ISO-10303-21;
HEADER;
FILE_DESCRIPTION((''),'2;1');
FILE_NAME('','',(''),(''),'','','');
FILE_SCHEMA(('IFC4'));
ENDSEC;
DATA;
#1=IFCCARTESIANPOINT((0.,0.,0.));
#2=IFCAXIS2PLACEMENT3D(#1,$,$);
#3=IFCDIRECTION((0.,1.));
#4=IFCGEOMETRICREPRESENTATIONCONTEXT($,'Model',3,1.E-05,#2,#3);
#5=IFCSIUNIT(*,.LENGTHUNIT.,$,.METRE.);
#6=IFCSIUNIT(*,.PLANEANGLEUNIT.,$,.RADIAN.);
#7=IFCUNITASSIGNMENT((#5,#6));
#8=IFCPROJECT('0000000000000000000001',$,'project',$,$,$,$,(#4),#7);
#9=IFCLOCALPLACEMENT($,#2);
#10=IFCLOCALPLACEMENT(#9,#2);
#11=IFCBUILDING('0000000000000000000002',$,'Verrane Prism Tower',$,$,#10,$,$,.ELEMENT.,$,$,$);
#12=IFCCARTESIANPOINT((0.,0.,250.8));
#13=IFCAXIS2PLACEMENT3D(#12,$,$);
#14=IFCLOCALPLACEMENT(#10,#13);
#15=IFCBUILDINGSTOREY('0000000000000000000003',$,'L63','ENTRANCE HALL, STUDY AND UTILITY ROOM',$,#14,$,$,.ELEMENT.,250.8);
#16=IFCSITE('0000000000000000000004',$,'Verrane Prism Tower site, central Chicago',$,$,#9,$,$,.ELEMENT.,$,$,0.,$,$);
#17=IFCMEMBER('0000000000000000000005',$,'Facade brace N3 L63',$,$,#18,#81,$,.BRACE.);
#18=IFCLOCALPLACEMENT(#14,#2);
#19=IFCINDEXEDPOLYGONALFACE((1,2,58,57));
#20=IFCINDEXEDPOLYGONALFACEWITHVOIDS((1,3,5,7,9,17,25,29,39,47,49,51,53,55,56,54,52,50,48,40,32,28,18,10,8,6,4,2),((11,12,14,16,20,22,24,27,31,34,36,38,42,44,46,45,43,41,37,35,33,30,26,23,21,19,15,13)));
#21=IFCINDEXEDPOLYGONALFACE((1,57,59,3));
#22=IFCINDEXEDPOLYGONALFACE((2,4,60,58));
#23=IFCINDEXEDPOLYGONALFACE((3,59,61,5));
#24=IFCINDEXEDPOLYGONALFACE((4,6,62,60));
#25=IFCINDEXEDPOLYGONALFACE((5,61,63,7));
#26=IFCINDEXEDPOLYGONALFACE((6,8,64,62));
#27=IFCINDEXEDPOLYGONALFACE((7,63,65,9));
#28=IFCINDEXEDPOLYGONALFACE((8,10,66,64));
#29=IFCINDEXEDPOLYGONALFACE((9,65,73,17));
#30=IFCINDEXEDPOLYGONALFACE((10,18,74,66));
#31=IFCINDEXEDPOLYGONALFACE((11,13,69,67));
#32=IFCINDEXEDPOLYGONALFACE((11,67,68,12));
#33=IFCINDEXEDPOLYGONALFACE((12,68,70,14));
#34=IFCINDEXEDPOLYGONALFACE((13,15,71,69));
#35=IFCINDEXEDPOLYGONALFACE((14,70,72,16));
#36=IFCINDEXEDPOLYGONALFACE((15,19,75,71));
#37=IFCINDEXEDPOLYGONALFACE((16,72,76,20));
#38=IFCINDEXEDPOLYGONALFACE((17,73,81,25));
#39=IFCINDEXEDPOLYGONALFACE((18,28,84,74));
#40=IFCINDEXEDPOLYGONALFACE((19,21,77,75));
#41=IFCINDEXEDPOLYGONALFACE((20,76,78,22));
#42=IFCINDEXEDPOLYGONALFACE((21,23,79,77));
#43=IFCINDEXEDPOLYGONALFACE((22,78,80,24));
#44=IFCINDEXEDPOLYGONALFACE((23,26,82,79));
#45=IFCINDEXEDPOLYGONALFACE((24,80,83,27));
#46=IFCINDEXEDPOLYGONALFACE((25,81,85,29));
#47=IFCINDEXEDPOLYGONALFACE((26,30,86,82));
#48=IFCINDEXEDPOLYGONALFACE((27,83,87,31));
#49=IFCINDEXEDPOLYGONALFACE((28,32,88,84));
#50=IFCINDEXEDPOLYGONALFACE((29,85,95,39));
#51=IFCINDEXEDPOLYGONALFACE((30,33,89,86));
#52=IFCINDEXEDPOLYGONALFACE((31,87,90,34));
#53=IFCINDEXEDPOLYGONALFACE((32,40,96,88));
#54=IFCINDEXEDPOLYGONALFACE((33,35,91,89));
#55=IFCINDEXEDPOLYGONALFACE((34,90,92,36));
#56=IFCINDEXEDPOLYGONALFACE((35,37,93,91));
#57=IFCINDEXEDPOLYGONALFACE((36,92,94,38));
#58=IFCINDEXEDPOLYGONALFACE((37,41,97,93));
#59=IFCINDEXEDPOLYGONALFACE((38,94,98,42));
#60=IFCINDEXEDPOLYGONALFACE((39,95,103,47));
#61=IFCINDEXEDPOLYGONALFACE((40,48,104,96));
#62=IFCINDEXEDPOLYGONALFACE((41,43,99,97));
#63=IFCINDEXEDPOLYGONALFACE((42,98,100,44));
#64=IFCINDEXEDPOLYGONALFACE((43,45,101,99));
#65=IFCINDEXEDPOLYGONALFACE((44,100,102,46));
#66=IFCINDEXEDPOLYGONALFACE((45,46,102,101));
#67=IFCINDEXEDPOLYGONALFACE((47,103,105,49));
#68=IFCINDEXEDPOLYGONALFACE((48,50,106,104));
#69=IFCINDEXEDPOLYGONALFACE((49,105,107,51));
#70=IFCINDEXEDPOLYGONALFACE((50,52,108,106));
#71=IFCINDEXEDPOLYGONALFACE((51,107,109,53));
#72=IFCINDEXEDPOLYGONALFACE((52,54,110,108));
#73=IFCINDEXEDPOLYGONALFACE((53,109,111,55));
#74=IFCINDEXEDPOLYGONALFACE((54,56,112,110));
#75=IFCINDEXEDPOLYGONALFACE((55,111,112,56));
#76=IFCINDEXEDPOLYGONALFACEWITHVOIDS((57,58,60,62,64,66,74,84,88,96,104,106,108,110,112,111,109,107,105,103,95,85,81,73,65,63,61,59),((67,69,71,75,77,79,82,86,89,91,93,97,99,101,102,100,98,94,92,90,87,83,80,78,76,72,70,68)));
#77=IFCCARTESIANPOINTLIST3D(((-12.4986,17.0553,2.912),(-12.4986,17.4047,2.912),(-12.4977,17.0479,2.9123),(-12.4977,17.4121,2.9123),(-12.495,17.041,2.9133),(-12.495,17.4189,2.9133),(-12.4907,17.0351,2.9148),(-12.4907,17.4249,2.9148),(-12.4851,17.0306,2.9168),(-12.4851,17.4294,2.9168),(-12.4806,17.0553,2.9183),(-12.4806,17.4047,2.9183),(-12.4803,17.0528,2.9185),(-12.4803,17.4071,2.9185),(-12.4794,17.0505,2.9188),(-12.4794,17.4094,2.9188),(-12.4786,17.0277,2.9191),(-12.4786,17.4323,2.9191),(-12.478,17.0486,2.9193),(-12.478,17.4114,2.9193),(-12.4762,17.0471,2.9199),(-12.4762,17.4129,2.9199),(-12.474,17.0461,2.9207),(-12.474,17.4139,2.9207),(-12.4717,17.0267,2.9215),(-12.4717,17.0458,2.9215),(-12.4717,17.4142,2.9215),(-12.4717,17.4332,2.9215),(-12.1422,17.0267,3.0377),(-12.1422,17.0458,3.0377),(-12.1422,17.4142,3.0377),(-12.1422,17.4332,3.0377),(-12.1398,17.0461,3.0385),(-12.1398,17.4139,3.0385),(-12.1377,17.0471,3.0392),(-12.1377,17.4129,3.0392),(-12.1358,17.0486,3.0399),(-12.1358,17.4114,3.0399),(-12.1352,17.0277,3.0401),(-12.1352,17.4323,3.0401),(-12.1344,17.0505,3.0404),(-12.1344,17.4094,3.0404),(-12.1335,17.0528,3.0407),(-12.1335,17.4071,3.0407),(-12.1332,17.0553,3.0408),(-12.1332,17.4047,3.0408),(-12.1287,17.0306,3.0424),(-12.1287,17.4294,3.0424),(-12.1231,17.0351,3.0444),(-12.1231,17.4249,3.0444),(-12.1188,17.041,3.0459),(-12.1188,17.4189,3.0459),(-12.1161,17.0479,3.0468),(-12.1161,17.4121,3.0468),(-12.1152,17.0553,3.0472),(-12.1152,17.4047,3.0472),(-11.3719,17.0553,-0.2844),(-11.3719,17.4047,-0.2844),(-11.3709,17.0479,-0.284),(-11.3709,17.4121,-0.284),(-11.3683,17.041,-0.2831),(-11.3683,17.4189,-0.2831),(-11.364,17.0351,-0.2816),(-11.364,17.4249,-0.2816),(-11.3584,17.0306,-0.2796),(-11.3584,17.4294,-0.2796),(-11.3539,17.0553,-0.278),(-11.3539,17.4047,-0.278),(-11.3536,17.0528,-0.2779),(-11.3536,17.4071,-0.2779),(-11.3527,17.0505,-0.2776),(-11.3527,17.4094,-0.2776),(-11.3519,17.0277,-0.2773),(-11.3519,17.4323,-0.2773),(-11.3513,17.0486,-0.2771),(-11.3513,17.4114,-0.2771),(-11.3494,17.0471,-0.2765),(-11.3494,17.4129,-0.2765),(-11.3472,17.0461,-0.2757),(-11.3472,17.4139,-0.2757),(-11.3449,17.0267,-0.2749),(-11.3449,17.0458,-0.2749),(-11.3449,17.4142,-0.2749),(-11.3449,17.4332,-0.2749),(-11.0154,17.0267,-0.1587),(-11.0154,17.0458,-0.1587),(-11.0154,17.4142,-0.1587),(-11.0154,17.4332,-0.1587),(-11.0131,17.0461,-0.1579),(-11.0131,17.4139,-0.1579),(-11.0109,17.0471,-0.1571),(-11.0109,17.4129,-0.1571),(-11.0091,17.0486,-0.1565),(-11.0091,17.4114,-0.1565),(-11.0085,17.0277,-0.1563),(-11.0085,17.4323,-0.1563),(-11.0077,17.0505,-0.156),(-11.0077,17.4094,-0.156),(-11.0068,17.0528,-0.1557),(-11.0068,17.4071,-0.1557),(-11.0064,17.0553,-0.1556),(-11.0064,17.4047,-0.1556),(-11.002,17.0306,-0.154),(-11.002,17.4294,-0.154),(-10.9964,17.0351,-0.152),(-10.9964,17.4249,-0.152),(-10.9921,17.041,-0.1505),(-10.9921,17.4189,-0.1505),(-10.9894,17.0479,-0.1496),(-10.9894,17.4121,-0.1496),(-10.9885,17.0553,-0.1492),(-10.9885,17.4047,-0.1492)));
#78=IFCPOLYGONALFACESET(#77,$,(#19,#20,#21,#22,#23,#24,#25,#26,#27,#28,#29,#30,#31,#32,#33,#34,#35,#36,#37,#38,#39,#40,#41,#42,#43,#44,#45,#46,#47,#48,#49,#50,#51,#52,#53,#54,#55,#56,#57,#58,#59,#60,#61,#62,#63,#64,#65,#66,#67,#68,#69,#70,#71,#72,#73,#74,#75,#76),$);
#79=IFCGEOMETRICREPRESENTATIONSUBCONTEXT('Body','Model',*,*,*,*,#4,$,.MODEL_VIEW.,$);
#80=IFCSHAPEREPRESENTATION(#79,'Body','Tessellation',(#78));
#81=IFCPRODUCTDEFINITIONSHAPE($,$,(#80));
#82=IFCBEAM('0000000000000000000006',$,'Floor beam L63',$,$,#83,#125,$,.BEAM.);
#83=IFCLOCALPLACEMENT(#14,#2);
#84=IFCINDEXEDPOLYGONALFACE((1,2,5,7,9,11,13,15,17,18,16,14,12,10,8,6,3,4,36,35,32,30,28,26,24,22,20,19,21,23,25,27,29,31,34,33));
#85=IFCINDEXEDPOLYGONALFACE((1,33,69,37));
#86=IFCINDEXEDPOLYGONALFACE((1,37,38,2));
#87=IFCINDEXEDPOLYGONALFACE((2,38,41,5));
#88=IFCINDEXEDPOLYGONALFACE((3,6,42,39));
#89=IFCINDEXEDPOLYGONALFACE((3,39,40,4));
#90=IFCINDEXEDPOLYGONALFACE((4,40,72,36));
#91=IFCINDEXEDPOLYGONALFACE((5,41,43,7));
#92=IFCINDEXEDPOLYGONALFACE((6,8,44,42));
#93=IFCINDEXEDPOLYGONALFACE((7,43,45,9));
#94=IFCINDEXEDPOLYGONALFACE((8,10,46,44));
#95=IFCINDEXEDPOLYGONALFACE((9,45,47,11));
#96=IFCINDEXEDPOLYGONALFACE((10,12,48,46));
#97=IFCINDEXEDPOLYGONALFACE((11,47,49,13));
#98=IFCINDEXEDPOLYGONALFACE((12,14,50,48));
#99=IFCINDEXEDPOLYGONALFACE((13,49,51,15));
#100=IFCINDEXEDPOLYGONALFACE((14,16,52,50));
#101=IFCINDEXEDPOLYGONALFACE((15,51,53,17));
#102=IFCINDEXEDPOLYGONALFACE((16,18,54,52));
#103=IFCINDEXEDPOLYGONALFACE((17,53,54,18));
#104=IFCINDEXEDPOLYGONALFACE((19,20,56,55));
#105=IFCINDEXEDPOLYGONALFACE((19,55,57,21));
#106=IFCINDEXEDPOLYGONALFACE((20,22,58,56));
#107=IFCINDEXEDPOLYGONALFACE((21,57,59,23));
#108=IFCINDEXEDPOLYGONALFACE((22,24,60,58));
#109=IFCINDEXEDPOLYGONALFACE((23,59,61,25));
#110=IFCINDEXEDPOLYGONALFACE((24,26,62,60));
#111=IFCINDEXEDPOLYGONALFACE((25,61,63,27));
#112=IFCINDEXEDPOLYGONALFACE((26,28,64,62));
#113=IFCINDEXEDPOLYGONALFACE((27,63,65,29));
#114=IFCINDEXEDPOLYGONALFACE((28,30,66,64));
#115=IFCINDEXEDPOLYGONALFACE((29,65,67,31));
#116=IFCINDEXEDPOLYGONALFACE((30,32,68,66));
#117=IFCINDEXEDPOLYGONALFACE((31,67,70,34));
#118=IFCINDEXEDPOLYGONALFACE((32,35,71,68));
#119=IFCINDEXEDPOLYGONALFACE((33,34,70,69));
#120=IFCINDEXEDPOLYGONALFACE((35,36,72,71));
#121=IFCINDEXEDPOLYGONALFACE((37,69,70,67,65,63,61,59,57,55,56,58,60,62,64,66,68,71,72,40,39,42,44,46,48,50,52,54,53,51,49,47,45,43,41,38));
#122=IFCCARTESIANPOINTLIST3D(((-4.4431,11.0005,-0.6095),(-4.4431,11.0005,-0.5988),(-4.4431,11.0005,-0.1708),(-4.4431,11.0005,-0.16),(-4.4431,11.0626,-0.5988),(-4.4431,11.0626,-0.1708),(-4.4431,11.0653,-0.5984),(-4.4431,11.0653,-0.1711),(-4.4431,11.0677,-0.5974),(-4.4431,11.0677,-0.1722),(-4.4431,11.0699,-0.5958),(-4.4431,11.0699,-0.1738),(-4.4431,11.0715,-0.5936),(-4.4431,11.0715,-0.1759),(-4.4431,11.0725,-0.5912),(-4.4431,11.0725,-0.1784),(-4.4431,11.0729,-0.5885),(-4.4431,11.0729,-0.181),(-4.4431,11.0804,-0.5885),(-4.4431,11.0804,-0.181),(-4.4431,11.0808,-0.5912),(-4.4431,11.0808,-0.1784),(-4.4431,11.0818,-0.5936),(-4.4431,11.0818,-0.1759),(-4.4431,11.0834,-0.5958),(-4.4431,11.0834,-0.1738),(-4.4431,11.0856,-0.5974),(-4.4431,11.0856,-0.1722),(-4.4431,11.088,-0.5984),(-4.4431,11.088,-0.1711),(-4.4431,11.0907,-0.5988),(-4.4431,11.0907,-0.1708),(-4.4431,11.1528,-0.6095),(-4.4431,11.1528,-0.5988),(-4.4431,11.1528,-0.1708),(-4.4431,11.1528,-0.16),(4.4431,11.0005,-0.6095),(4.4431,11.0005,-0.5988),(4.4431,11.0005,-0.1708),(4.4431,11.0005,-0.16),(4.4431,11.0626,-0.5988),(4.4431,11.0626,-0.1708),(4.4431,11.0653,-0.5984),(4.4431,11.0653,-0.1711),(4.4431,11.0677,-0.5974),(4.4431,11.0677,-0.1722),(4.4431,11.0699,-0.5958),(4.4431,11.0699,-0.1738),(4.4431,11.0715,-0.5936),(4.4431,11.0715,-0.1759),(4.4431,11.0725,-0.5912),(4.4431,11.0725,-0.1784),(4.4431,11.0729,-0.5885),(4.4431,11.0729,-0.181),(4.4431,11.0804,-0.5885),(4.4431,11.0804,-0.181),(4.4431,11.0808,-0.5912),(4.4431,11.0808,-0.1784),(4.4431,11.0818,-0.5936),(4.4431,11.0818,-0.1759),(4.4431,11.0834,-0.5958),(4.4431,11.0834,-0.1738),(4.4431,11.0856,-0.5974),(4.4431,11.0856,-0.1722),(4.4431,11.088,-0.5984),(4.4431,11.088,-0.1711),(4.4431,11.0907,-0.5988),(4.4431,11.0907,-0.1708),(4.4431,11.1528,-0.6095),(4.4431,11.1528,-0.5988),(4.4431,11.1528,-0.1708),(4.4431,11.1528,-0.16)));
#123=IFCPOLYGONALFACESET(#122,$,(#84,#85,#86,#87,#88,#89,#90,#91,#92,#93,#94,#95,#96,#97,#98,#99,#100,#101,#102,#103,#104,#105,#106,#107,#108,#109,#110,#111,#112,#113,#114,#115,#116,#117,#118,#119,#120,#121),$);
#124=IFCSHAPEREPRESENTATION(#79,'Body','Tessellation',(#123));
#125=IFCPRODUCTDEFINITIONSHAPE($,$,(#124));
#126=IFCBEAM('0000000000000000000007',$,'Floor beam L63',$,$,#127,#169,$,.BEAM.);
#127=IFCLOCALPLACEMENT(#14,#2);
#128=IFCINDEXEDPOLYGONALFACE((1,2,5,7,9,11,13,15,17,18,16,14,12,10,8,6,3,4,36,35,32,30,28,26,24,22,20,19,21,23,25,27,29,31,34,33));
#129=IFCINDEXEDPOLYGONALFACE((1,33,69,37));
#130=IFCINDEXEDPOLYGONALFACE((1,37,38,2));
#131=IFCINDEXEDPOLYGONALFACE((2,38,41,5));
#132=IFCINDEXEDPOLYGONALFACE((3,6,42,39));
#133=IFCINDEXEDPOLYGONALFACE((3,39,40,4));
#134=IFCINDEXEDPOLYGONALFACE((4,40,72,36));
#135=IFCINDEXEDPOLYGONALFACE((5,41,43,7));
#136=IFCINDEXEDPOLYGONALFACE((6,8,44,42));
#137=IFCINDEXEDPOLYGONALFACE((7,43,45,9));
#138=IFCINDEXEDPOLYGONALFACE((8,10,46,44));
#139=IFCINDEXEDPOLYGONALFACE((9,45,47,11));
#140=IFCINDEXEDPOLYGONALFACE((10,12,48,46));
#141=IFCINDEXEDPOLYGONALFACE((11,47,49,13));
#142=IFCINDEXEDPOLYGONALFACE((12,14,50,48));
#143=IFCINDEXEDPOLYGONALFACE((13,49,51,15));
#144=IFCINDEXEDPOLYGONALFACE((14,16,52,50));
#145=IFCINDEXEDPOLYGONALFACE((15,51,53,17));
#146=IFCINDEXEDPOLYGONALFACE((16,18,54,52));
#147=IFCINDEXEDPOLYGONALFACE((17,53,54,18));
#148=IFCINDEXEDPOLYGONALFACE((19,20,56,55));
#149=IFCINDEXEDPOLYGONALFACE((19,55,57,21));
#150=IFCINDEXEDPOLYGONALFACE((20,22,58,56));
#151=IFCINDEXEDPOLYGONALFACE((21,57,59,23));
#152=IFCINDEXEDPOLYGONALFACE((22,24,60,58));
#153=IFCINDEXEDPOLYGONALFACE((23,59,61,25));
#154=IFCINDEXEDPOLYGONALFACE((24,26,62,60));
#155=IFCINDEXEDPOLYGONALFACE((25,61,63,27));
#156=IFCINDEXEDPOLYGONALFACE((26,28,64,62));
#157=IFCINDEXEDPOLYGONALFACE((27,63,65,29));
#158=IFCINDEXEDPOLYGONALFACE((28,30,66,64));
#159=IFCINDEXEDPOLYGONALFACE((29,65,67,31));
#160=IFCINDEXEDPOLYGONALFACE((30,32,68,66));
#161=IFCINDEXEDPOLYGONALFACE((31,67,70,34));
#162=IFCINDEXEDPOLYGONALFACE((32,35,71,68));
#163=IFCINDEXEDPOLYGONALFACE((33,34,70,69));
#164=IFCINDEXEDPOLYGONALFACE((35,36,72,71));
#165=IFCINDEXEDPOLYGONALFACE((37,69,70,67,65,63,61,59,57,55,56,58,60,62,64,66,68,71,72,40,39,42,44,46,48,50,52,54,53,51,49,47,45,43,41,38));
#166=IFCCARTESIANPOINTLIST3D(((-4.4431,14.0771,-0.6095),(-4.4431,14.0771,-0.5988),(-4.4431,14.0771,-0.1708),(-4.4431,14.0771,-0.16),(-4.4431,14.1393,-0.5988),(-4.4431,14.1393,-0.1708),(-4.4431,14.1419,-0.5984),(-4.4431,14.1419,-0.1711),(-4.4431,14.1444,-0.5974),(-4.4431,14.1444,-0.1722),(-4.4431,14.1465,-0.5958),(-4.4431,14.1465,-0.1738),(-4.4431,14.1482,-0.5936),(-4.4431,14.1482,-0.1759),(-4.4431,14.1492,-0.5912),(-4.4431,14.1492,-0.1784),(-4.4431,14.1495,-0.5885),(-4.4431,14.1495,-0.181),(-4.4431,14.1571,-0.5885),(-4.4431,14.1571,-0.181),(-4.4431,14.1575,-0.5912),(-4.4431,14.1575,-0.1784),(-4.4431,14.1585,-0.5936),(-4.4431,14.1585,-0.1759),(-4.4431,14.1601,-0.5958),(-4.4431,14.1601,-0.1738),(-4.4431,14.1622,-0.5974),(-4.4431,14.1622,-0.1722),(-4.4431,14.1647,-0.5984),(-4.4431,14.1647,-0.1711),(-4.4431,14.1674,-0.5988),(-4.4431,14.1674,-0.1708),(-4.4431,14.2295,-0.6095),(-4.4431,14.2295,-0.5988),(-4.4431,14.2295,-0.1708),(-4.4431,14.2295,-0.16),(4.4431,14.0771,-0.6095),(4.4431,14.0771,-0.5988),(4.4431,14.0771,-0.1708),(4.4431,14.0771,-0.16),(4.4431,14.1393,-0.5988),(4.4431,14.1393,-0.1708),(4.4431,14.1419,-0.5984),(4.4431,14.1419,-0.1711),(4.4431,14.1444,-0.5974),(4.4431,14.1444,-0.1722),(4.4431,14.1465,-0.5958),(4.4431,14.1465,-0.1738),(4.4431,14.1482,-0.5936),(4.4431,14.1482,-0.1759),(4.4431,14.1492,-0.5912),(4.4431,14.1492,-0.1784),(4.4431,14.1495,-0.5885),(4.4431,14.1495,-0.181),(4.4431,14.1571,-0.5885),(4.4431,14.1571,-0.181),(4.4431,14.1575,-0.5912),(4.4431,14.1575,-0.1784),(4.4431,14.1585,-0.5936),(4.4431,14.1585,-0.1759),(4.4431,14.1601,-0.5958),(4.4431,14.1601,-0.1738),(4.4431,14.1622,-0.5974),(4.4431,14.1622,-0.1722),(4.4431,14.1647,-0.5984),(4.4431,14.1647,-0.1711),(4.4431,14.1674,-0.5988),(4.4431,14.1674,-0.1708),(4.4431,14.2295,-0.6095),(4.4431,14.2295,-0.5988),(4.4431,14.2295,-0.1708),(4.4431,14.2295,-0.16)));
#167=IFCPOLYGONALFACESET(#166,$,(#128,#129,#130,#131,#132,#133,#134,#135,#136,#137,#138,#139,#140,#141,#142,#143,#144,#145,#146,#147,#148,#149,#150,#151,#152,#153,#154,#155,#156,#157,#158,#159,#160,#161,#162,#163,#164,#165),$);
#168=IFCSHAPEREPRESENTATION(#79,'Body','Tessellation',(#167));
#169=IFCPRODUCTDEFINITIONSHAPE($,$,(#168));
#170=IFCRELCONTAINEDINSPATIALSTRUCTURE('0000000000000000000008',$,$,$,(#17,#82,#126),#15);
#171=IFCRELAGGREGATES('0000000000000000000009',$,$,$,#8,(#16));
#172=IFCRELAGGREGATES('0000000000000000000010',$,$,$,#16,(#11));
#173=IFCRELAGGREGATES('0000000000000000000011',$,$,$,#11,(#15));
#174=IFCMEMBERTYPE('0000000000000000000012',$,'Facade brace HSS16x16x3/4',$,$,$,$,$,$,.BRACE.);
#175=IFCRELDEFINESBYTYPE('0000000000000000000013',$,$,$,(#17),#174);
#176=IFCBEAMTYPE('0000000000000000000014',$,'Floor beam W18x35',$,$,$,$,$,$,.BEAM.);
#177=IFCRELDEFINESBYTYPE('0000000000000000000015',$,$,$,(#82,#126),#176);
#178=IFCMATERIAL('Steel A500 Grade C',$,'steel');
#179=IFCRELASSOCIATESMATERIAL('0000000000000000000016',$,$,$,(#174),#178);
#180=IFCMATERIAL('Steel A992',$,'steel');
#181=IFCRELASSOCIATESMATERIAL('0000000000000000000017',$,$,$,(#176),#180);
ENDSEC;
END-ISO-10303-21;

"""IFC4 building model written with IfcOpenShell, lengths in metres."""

from ifc_helpers import new_model, si_unit, direction, frame, origin, origin_2d, place, context, subcontext, project, spatial, hollow_rectangle, i_section, extrude, material, material_profile, profile_set, type_object, element, save


model = new_model("IFC4")

# Units and contexts
model_context = context("Model", 3, precision=1e-05, world=origin(), true_north=direction((0.0, 1.0)))
body_context = subcontext(model_context, "Body", "Model", "MODEL_VIEW")
ifc_project = project(units=[si_unit("LENGTHUNIT", "METRE"), si_unit("PLANEANGLEUNIT", "RADIAN")], contexts=[model_context])

# Site, building, storey
site_placement = place(None, origin())
site = spatial("IfcSite", under=ifc_project, at=site_placement, Name="Verrane Prism Tower site, central Chicago", CompositionType="ELEMENT", RefElevation=0.0)
building_placement = place(site_placement, origin())
building = spatial("IfcBuilding", under=site, at=building_placement, Name="Verrane Prism Tower", CompositionType="ELEMENT")
storey_placement = place(building_placement, frame((0.0, 0.0, 250.8)))
storey = spatial("IfcBuildingStorey", under=building, at=storey_placement, Name="L63", Description="ENTRANCE HALL, STUDY AND UTILITY ROOM", CompositionType="ELEMENT", Elevation=250.8)

# Member
ifc_material_1 = material(Name="Steel A500 Grade C", Category="steel")
ifc_material_profile_1 = material_profile(ifc_material_1, hollow_rectangle(XDim=0.4065, YDim=0.4065, WallThickness=0.019, InnerFilletRadius=0.0095, OuterFilletRadius=0.0286, at=origin_2d()), Name="HSS16x16x3/4")
ifc_profile_set_1 = profile_set([ifc_material_profile_1], Name="Steel A500 Grade C")
member_type_1 = type_object("IfcMemberType", Name="Facade brace HSS16x16x3/4", PredefinedType="BRACE", material=ifc_profile_set_1)
member_1_placement = place(storey_placement, frame((-11.1802, 17.23, -0.2168), z_axis=(-0.332455, 0.0, 0.943119), x_axis=(0.0, -1.0, 0.0)))
element("IfcMember", 1, at=member_1_placement, inside=storey, type_object=member_type_1, Name="Facade brace N3 L63", PredefinedType="BRACE", context=body_context, shape_type="SweptSolid", body=[
    extrude(hollow_rectangle(XDim=0.4065, YDim=0.4065, WallThickness=0.019, InnerFilletRadius=0.0095, OuterFilletRadius=0.0286, at=origin_2d()), origin(), (0.0, 0.0, 1.0), 3.3892),
])

# Beams
ifc_material_2 = material(Name="Steel A992", Category="steel")
ifc_material_profile_2 = material_profile(ifc_material_2, i_section(OverallWidth=0.1523, OverallDepth=0.4495, WebThickness=0.0076, FlangeThickness=0.0107, FilletRadius=0.0103, at=origin_2d()), Name="W18x35")
ifc_profile_set_2 = profile_set([ifc_material_profile_2], Name="Steel A992")
beam_type_1 = type_object("IfcBeamType", Name="Floor beam W18x35", PredefinedType="BEAM", material=ifc_profile_set_2)
for number, where, z_axis, x_axis, name in (
    (2, (-4.4431, 11.0767, -0.3848), (1.0, 0.0, 0.0), (0.0, 1.0, 0.0), "Floor beam L63"),
    (3, (-4.4431, 14.1533, -0.3848), (1.0, 0.0, 0.0), (0.0, 1.0, 0.0), "Floor beam L63"),
):
    element("IfcBeam", number, at=place(storey_placement, frame(where, z_axis=z_axis, x_axis=x_axis)), inside=storey, type_object=beam_type_1, Name=name, PredefinedType="BEAM", context=body_context, shape_type="SweptSolid", body=[
        extrude(i_section(OverallWidth=0.1523, OverallDepth=0.4495, WebThickness=0.0076, FlangeThickness=0.0107, FilletRadius=0.0103, at=origin_2d()), origin(), (0.0, 0.0, 1.0), 8.8862),
    ])

save(model, "model.ifc")
